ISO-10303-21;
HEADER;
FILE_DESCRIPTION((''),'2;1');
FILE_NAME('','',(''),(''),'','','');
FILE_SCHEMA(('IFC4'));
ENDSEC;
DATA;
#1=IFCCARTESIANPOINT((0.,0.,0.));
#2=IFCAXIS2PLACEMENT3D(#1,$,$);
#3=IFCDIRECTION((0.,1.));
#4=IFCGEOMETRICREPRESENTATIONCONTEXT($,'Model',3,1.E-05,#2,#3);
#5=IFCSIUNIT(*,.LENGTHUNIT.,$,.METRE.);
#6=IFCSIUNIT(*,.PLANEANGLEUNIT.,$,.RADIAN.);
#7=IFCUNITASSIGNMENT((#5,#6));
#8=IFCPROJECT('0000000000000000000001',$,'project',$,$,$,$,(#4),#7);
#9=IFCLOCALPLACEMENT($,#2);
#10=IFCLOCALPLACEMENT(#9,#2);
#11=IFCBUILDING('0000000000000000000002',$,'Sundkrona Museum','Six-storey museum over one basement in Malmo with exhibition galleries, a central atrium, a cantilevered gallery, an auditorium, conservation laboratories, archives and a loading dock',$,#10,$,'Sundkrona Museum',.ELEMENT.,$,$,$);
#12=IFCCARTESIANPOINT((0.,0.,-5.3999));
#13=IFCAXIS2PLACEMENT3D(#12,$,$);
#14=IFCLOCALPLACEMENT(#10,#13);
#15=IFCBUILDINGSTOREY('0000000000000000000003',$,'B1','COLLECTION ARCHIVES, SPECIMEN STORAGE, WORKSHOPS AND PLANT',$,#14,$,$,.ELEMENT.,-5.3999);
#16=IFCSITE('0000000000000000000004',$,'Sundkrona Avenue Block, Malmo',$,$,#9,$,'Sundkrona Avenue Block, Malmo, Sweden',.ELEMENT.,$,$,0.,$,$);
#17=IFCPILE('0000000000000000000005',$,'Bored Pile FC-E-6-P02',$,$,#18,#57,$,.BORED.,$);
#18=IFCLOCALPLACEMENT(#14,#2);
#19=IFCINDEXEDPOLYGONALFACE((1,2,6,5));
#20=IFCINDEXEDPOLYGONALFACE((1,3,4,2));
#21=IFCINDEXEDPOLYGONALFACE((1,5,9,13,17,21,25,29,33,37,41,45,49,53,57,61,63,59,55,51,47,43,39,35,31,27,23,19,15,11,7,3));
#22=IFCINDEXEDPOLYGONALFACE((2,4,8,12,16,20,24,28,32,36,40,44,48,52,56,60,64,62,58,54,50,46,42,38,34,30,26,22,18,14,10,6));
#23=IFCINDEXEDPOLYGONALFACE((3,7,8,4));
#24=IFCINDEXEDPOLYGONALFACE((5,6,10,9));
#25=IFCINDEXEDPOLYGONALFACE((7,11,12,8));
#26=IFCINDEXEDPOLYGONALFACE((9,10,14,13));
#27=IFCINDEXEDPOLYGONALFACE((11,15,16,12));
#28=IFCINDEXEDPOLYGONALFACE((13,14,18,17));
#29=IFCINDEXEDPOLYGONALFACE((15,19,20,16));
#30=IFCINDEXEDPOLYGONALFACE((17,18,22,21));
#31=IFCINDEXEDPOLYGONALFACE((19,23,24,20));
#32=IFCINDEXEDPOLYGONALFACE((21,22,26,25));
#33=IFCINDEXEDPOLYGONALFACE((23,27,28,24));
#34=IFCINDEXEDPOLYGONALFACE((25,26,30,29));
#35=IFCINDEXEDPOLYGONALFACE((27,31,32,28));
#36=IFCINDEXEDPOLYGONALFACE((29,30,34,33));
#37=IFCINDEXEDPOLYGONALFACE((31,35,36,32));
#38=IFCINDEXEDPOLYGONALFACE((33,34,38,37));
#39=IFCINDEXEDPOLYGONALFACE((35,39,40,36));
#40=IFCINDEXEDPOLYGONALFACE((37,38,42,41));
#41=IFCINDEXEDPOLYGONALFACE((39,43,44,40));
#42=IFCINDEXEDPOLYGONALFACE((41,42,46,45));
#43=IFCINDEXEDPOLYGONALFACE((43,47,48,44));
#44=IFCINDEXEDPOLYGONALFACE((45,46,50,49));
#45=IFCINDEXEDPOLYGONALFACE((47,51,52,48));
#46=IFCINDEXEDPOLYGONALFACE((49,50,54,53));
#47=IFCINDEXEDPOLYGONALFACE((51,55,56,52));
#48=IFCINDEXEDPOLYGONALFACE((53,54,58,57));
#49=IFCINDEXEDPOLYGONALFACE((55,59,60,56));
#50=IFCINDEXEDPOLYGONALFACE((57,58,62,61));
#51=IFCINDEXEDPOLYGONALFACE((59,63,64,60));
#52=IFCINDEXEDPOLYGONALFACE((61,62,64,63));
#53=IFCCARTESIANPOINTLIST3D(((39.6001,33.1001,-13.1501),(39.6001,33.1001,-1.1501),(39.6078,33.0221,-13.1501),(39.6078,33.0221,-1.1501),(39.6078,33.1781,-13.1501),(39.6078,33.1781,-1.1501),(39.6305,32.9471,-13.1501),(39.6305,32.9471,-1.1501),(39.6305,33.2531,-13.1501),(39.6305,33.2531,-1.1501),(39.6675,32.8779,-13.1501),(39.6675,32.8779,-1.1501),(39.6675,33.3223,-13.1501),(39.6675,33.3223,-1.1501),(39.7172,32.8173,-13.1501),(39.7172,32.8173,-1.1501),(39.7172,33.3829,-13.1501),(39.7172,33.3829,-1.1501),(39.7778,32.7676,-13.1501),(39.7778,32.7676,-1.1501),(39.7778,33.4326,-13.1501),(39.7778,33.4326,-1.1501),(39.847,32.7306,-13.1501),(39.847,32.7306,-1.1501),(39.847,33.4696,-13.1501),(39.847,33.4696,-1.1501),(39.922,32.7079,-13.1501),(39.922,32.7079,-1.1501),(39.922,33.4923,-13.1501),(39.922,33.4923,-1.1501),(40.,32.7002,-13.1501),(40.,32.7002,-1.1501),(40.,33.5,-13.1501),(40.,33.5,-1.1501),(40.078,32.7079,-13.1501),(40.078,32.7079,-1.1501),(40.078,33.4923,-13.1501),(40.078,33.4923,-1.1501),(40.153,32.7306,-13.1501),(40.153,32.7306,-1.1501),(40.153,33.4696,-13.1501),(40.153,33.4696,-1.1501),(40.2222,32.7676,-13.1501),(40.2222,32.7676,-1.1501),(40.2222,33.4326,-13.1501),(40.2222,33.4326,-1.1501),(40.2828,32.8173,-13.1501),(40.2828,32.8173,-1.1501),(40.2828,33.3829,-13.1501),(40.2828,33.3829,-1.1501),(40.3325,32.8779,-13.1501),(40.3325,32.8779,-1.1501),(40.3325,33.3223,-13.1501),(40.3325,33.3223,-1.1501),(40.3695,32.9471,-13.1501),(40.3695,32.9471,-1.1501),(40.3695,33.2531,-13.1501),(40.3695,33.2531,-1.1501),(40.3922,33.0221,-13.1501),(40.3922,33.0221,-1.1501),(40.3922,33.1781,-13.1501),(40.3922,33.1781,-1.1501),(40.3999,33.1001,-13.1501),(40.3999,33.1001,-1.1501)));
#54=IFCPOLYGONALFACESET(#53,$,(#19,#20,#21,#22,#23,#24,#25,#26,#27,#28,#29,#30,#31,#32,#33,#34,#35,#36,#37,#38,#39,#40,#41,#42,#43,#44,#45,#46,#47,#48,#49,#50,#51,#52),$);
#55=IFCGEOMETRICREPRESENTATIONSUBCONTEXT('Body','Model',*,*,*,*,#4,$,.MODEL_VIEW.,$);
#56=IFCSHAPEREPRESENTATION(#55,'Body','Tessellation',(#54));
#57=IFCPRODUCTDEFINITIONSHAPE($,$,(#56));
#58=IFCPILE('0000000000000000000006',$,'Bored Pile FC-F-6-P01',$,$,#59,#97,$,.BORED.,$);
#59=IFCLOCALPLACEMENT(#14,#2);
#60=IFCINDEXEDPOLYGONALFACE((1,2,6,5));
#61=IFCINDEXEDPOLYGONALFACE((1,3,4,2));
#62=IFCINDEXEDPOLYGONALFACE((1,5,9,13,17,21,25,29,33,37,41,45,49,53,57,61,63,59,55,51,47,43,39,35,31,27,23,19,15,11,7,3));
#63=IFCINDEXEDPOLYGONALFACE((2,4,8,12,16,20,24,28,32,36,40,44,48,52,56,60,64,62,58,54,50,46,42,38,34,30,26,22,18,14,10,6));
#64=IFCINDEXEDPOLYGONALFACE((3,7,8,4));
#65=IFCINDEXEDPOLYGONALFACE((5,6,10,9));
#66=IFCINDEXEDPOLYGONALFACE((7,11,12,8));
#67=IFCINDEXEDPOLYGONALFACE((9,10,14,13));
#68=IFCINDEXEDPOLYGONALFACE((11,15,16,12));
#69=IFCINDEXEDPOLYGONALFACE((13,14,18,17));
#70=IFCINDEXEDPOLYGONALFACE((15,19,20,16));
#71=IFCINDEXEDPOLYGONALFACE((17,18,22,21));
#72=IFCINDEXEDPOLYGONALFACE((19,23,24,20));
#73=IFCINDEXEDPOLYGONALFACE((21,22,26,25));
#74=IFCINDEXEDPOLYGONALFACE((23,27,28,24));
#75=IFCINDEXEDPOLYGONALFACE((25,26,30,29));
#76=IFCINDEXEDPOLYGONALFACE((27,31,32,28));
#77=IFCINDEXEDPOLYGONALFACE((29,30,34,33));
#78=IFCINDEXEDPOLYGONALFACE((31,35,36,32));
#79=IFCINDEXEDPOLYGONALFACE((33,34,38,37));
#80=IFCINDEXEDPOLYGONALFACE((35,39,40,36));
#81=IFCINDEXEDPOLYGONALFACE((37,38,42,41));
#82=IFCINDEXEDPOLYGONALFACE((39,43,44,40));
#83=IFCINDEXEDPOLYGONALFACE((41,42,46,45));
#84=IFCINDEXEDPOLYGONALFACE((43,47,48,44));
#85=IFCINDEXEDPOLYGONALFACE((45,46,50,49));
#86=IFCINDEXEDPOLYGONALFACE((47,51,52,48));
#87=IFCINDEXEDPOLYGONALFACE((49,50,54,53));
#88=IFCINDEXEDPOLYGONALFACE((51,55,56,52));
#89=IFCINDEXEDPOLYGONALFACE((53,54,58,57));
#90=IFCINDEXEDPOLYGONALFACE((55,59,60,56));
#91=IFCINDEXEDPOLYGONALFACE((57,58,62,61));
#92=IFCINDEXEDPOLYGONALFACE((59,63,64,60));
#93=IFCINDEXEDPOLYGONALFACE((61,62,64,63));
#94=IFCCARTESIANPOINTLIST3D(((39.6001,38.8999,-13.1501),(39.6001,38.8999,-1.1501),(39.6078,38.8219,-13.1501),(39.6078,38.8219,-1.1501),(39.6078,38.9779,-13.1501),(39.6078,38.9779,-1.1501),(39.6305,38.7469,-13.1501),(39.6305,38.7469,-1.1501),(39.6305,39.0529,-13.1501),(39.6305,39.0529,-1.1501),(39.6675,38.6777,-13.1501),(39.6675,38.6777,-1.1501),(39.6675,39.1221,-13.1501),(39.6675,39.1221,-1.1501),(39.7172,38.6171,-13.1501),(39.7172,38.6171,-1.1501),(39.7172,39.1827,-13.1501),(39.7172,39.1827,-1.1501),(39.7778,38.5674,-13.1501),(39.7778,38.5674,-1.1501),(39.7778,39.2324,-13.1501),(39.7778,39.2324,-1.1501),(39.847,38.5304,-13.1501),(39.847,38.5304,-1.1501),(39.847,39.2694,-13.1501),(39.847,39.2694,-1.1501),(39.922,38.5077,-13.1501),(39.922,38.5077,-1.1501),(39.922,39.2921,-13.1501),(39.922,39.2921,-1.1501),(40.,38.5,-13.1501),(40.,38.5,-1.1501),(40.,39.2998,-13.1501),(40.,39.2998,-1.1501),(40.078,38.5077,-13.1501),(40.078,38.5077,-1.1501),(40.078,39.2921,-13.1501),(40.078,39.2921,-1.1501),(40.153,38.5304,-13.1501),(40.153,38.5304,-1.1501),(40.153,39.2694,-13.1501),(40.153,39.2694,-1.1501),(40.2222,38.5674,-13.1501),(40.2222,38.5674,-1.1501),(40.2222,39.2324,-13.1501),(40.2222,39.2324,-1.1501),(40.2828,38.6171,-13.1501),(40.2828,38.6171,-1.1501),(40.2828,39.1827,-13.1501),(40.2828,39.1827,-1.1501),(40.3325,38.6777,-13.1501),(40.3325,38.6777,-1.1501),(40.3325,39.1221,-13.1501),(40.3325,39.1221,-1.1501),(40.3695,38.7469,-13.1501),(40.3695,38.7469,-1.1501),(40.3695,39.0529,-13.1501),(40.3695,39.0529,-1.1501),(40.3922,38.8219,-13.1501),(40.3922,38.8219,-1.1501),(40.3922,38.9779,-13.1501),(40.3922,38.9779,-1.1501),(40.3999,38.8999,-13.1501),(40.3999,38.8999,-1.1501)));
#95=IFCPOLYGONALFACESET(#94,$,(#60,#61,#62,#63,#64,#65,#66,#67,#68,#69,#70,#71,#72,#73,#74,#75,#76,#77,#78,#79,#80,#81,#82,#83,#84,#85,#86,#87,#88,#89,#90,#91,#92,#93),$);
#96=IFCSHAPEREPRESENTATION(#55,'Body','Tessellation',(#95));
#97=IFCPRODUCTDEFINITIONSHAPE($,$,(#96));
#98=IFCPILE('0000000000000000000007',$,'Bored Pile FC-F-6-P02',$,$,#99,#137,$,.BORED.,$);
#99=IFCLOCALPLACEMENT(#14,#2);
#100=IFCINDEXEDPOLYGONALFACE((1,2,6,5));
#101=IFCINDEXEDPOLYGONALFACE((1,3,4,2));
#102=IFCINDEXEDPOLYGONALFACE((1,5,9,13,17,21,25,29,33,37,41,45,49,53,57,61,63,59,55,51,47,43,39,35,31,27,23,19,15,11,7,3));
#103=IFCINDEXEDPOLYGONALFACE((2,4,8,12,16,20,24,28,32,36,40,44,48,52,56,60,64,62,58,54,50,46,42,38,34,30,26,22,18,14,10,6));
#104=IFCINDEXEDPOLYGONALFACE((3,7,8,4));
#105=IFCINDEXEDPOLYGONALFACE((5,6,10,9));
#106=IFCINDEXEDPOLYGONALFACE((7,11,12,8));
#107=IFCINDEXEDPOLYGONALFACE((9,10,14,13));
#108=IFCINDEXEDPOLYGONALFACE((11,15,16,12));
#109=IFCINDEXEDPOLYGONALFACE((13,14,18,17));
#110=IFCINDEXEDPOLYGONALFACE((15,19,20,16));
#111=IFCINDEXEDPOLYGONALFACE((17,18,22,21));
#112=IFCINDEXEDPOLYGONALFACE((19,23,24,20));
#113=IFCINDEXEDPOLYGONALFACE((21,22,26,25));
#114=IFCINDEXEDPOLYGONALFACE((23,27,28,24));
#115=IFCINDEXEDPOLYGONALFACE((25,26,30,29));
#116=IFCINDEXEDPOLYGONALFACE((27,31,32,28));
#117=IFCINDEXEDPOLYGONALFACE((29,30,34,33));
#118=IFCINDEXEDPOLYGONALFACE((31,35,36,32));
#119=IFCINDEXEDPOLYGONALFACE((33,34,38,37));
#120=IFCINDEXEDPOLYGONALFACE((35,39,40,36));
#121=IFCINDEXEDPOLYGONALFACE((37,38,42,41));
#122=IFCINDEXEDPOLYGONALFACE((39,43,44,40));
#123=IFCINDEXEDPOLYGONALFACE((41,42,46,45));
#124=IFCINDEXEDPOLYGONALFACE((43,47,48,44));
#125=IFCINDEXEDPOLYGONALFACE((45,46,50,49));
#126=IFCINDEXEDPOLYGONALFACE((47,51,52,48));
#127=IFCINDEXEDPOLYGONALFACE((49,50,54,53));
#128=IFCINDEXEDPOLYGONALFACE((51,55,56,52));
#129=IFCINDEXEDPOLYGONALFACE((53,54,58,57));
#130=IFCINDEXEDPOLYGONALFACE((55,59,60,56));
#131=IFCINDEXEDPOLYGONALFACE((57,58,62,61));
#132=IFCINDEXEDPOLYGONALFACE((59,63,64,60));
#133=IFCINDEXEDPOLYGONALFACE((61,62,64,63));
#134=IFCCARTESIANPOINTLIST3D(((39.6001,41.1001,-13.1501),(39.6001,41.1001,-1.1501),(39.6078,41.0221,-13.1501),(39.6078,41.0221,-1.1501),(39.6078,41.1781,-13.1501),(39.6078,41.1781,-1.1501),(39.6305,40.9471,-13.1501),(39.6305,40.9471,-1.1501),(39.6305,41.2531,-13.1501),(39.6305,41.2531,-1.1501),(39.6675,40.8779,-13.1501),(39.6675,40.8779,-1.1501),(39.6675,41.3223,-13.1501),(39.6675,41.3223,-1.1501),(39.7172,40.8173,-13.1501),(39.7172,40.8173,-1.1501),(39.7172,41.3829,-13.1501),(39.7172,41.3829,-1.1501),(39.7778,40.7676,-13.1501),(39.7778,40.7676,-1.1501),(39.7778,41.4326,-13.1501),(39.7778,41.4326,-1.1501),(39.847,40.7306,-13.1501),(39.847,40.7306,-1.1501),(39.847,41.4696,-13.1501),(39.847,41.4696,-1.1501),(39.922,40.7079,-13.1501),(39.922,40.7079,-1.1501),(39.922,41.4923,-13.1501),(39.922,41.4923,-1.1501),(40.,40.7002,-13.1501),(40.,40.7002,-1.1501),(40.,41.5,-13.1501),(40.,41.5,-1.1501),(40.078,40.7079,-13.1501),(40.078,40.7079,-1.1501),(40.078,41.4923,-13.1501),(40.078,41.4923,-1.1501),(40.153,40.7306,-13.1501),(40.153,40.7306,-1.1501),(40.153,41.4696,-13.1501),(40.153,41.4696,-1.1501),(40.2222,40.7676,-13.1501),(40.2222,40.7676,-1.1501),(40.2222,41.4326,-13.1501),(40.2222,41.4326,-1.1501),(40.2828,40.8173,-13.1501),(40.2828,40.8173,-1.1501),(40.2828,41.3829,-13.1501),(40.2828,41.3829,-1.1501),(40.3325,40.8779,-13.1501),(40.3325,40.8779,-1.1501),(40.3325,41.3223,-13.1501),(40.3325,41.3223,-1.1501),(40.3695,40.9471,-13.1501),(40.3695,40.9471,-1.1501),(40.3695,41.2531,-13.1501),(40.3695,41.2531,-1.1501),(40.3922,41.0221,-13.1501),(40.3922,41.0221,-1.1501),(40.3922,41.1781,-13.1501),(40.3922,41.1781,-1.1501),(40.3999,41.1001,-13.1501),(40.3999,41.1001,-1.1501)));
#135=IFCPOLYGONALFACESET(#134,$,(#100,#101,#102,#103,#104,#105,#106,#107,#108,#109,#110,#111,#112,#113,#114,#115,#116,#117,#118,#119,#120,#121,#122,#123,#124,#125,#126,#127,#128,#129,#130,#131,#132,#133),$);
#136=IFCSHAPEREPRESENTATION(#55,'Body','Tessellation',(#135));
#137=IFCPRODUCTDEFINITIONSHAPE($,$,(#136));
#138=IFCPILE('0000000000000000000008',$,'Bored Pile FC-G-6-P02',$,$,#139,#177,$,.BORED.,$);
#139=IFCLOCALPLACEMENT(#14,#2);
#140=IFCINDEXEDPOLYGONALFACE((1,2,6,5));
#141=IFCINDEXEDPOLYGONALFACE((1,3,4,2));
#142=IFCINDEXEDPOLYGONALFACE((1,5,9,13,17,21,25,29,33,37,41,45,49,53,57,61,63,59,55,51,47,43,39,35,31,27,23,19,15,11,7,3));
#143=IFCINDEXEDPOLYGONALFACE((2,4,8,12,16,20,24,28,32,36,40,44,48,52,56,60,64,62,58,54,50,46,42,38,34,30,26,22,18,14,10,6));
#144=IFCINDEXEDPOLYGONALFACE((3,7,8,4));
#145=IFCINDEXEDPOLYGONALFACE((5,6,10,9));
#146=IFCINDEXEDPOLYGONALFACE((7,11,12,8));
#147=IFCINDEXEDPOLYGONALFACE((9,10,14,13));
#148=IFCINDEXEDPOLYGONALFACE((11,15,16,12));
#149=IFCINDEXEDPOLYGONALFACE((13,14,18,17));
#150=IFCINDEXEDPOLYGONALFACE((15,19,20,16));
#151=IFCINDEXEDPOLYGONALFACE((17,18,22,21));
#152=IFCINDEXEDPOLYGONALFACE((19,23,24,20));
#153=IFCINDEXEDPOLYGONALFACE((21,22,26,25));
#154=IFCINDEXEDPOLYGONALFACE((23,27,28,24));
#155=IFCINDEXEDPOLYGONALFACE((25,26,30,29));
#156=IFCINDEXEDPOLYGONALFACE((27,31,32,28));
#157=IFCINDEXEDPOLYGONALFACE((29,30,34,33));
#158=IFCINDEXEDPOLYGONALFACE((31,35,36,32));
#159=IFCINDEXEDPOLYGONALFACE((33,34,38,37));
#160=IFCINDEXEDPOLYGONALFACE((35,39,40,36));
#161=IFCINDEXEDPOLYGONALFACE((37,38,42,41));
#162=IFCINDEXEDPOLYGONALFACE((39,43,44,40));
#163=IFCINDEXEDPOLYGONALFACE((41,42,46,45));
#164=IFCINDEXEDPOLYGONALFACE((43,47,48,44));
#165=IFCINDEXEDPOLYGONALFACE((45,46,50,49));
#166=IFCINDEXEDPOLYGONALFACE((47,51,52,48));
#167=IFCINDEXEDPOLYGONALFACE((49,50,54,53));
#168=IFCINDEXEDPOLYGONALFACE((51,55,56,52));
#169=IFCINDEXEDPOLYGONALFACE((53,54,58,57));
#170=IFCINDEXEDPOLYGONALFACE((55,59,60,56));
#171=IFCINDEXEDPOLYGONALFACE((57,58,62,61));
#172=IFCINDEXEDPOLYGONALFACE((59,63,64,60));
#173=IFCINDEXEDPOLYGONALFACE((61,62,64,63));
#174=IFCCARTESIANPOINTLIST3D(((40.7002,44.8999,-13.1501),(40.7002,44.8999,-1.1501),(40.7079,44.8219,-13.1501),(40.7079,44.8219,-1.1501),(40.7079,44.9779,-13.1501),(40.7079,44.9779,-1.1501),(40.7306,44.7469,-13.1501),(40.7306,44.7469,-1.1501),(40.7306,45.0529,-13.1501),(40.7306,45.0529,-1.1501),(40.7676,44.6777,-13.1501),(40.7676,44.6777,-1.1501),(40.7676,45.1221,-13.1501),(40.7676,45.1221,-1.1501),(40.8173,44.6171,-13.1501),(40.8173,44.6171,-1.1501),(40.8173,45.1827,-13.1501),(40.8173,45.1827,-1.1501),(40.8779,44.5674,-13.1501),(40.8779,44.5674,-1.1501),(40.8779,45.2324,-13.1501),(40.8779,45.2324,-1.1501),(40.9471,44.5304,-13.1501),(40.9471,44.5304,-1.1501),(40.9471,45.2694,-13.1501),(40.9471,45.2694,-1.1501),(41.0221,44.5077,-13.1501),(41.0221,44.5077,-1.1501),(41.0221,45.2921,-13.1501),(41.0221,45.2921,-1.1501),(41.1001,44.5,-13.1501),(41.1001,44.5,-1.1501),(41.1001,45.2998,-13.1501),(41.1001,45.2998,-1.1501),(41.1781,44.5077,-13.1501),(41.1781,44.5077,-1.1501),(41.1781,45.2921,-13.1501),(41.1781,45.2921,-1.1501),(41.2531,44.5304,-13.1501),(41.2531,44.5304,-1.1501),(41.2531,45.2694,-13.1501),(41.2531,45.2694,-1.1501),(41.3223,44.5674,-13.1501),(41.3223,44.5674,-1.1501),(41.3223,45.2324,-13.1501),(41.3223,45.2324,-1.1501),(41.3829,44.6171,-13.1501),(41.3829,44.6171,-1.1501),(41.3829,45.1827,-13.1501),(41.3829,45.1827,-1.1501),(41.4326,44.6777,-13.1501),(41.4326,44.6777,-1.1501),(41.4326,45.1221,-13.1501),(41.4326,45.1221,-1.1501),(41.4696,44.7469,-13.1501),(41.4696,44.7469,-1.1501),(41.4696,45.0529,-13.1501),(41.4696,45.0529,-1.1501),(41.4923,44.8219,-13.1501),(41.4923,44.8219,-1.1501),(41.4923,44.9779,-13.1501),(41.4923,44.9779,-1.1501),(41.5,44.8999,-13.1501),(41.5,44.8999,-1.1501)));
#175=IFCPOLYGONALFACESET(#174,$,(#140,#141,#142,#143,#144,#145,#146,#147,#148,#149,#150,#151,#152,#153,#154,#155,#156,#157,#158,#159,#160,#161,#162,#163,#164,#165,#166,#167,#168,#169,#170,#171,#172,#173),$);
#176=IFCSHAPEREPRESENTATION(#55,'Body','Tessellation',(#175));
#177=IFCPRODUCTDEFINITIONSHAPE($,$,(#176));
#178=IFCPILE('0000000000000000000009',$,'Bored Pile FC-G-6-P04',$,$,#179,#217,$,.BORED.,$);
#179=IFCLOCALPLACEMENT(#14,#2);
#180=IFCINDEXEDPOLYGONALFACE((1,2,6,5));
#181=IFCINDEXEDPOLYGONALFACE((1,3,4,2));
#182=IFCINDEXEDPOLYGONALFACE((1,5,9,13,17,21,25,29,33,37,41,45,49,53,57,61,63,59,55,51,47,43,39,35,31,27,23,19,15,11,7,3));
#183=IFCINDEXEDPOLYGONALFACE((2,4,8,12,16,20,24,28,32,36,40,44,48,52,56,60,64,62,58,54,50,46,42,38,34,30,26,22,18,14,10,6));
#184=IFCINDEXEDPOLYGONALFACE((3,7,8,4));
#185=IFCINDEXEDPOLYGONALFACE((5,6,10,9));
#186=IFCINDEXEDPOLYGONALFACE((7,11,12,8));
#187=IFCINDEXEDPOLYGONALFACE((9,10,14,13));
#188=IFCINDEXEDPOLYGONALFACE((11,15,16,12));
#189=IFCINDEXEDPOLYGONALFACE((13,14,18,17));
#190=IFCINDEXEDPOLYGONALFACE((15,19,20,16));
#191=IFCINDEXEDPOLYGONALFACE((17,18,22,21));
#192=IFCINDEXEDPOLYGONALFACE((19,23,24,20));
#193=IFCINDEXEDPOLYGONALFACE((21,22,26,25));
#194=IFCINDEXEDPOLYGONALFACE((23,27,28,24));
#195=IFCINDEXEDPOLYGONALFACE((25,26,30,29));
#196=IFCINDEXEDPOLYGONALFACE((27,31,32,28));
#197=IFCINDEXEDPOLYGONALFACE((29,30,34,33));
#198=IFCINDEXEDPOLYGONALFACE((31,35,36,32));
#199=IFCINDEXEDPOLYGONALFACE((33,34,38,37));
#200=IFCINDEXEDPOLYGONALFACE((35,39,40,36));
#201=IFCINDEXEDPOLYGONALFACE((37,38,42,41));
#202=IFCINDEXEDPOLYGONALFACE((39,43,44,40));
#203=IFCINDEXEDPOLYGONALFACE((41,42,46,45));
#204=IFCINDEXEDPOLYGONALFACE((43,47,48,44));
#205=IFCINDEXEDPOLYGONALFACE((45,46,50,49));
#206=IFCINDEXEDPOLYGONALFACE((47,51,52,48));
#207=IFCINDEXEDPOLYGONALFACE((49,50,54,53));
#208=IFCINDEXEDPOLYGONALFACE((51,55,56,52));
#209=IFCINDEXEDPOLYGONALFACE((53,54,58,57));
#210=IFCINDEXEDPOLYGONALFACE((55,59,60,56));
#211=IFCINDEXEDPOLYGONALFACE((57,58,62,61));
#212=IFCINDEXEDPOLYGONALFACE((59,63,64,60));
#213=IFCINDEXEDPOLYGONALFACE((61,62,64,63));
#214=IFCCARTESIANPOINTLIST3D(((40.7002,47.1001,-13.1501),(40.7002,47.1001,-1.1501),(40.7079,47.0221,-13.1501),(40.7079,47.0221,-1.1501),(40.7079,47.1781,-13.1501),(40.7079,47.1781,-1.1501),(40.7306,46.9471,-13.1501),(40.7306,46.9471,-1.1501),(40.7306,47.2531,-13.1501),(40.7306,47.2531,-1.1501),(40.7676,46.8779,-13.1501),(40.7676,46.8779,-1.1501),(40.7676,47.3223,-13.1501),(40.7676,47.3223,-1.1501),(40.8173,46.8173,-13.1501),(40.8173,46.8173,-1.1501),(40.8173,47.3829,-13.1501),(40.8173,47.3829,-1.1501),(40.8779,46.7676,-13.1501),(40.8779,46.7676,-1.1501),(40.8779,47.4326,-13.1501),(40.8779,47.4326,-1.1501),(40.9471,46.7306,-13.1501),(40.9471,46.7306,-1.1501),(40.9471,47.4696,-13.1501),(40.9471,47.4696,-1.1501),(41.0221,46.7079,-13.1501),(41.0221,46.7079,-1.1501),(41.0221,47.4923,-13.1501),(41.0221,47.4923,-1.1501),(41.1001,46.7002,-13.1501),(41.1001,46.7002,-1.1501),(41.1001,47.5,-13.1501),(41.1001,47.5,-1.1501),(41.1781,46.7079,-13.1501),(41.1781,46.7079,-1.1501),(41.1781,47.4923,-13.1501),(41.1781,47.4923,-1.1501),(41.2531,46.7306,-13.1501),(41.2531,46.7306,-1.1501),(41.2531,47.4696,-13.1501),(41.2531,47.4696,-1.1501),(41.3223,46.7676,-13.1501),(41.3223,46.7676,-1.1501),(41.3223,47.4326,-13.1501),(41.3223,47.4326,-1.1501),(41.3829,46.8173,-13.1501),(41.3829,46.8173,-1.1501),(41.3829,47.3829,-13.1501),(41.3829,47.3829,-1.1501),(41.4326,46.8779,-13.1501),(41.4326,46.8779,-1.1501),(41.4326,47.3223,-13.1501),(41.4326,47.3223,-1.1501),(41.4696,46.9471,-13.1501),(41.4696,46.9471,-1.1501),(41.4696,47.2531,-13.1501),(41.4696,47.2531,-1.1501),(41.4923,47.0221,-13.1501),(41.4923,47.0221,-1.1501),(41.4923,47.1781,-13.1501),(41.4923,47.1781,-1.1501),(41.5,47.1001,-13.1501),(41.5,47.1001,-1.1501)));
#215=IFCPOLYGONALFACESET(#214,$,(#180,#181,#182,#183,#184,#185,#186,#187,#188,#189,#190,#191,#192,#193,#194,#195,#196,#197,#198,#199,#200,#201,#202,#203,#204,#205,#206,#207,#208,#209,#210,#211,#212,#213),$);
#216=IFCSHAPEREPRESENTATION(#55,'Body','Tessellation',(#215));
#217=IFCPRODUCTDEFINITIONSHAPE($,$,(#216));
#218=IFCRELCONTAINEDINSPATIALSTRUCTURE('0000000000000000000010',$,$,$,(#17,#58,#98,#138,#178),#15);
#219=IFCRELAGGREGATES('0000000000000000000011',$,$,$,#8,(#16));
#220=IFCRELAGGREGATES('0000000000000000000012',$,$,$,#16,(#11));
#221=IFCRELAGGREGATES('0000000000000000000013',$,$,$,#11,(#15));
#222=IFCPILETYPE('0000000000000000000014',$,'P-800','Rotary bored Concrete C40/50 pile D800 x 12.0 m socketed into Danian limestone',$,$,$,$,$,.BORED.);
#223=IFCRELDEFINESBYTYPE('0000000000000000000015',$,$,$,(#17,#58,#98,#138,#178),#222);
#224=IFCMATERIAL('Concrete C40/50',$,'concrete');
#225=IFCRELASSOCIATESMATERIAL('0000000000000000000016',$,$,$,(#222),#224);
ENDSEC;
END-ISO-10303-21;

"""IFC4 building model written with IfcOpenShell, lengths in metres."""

from ifc_helpers import new_model, si_unit, direction, frame, origin, origin_2d, place, context, subcontext, project, spatial, circle, extrude, material, material_profile, profile_set, type_object, element, save


model = new_model("IFC4")

# Units and contexts
model_context = context("Model", 3, precision=1e-05, world=origin(), true_north=direction((0.0, 1.0)))
body_context = subcontext(model_context, "Body", "Model", "MODEL_VIEW")
ifc_project = project(units=[si_unit("LENGTHUNIT", "METRE"), si_unit("PLANEANGLEUNIT", "RADIAN")], contexts=[model_context])

# Site, building, storey
site_placement = place(None, origin())
site = spatial("IfcSite", under=ifc_project, at=site_placement, Name="Sundkrona Avenue Block, Malmo", LongName="Sundkrona Avenue Block, Malmo, Sweden", CompositionType="ELEMENT", RefElevation=0.0)
building_placement = place(site_placement, origin())
building = spatial("IfcBuilding", under=site, at=building_placement, Name="Sundkrona Museum", Description="Six-storey museum over one basement in Malmo with exhibition galleries, a central atrium, a cantilevered gallery, an auditorium, conservation laboratories, archives and a loading dock", LongName="Sundkrona Museum", CompositionType="ELEMENT")
storey_placement = place(building_placement, frame((0.0, 0.0, -5.3999)))
storey = spatial("IfcBuildingStorey", under=building, at=storey_placement, Name="B1", Description="COLLECTION ARCHIVES, SPECIMEN STORAGE, WORKSHOPS AND PLANT", CompositionType="ELEMENT", Elevation=-5.3999)

# Piles
ifc_material_1 = material(Name="Concrete C40/50", Category="concrete")
ifc_material_profile_1 = material_profile(ifc_material_1, circle(Radius=0.3999, at=origin_2d()), Name="PILE D800")
ifc_profile_set_1 = profile_set([ifc_material_profile_1], Name="Concrete C40/50")
pile_type = type_object("IfcPileType", Name="P-800", Description="Rotary bored Concrete C40/50 pile D800 x 12.0 m socketed into Danian limestone", PredefinedType="BORED", material=ifc_profile_set_1)
for number, where, z_axis, x_axis, name in (
    (1, (40.0, 33.1001, -1.1501), (0.0, 0.0, -1.0), (1.0, 0.0, 0.0), "Bored Pile FC-E-6-P02"),
    (2, (40.0, 38.8999, -1.1501), (0.0, 0.0, -1.0), (1.0, 0.0, 0.0), "Bored Pile FC-F-6-P01"),
    (3, (40.0, 41.1001, -1.1501), (0.0, 0.0, -1.0), (1.0, 0.0, 0.0), "Bored Pile FC-F-6-P02"),
    (4, (41.1001, 44.8999, -1.1501), (0.0, 0.0, -1.0), (1.0, 0.0, 0.0), "Bored Pile FC-G-6-P02"),
    (5, (41.1001, 47.1001, -1.1501), (0.0, 0.0, -1.0), (1.0, 0.0, 0.0), "Bored Pile FC-G-6-P04"),
):
    element("IfcPile", number, at=place(storey_placement, frame(where, z_axis=z_axis, x_axis=x_axis)), inside=storey, type_object=pile_type, Name=name, PredefinedType="BORED", context=body_context, shape_type="SweptSolid", body=[
        extrude(circle(Radius=0.3999, at=origin_2d()), origin(), (0.0, 0.0, 1.0), 12.0),
    ])

save(model, "model.ifc")
